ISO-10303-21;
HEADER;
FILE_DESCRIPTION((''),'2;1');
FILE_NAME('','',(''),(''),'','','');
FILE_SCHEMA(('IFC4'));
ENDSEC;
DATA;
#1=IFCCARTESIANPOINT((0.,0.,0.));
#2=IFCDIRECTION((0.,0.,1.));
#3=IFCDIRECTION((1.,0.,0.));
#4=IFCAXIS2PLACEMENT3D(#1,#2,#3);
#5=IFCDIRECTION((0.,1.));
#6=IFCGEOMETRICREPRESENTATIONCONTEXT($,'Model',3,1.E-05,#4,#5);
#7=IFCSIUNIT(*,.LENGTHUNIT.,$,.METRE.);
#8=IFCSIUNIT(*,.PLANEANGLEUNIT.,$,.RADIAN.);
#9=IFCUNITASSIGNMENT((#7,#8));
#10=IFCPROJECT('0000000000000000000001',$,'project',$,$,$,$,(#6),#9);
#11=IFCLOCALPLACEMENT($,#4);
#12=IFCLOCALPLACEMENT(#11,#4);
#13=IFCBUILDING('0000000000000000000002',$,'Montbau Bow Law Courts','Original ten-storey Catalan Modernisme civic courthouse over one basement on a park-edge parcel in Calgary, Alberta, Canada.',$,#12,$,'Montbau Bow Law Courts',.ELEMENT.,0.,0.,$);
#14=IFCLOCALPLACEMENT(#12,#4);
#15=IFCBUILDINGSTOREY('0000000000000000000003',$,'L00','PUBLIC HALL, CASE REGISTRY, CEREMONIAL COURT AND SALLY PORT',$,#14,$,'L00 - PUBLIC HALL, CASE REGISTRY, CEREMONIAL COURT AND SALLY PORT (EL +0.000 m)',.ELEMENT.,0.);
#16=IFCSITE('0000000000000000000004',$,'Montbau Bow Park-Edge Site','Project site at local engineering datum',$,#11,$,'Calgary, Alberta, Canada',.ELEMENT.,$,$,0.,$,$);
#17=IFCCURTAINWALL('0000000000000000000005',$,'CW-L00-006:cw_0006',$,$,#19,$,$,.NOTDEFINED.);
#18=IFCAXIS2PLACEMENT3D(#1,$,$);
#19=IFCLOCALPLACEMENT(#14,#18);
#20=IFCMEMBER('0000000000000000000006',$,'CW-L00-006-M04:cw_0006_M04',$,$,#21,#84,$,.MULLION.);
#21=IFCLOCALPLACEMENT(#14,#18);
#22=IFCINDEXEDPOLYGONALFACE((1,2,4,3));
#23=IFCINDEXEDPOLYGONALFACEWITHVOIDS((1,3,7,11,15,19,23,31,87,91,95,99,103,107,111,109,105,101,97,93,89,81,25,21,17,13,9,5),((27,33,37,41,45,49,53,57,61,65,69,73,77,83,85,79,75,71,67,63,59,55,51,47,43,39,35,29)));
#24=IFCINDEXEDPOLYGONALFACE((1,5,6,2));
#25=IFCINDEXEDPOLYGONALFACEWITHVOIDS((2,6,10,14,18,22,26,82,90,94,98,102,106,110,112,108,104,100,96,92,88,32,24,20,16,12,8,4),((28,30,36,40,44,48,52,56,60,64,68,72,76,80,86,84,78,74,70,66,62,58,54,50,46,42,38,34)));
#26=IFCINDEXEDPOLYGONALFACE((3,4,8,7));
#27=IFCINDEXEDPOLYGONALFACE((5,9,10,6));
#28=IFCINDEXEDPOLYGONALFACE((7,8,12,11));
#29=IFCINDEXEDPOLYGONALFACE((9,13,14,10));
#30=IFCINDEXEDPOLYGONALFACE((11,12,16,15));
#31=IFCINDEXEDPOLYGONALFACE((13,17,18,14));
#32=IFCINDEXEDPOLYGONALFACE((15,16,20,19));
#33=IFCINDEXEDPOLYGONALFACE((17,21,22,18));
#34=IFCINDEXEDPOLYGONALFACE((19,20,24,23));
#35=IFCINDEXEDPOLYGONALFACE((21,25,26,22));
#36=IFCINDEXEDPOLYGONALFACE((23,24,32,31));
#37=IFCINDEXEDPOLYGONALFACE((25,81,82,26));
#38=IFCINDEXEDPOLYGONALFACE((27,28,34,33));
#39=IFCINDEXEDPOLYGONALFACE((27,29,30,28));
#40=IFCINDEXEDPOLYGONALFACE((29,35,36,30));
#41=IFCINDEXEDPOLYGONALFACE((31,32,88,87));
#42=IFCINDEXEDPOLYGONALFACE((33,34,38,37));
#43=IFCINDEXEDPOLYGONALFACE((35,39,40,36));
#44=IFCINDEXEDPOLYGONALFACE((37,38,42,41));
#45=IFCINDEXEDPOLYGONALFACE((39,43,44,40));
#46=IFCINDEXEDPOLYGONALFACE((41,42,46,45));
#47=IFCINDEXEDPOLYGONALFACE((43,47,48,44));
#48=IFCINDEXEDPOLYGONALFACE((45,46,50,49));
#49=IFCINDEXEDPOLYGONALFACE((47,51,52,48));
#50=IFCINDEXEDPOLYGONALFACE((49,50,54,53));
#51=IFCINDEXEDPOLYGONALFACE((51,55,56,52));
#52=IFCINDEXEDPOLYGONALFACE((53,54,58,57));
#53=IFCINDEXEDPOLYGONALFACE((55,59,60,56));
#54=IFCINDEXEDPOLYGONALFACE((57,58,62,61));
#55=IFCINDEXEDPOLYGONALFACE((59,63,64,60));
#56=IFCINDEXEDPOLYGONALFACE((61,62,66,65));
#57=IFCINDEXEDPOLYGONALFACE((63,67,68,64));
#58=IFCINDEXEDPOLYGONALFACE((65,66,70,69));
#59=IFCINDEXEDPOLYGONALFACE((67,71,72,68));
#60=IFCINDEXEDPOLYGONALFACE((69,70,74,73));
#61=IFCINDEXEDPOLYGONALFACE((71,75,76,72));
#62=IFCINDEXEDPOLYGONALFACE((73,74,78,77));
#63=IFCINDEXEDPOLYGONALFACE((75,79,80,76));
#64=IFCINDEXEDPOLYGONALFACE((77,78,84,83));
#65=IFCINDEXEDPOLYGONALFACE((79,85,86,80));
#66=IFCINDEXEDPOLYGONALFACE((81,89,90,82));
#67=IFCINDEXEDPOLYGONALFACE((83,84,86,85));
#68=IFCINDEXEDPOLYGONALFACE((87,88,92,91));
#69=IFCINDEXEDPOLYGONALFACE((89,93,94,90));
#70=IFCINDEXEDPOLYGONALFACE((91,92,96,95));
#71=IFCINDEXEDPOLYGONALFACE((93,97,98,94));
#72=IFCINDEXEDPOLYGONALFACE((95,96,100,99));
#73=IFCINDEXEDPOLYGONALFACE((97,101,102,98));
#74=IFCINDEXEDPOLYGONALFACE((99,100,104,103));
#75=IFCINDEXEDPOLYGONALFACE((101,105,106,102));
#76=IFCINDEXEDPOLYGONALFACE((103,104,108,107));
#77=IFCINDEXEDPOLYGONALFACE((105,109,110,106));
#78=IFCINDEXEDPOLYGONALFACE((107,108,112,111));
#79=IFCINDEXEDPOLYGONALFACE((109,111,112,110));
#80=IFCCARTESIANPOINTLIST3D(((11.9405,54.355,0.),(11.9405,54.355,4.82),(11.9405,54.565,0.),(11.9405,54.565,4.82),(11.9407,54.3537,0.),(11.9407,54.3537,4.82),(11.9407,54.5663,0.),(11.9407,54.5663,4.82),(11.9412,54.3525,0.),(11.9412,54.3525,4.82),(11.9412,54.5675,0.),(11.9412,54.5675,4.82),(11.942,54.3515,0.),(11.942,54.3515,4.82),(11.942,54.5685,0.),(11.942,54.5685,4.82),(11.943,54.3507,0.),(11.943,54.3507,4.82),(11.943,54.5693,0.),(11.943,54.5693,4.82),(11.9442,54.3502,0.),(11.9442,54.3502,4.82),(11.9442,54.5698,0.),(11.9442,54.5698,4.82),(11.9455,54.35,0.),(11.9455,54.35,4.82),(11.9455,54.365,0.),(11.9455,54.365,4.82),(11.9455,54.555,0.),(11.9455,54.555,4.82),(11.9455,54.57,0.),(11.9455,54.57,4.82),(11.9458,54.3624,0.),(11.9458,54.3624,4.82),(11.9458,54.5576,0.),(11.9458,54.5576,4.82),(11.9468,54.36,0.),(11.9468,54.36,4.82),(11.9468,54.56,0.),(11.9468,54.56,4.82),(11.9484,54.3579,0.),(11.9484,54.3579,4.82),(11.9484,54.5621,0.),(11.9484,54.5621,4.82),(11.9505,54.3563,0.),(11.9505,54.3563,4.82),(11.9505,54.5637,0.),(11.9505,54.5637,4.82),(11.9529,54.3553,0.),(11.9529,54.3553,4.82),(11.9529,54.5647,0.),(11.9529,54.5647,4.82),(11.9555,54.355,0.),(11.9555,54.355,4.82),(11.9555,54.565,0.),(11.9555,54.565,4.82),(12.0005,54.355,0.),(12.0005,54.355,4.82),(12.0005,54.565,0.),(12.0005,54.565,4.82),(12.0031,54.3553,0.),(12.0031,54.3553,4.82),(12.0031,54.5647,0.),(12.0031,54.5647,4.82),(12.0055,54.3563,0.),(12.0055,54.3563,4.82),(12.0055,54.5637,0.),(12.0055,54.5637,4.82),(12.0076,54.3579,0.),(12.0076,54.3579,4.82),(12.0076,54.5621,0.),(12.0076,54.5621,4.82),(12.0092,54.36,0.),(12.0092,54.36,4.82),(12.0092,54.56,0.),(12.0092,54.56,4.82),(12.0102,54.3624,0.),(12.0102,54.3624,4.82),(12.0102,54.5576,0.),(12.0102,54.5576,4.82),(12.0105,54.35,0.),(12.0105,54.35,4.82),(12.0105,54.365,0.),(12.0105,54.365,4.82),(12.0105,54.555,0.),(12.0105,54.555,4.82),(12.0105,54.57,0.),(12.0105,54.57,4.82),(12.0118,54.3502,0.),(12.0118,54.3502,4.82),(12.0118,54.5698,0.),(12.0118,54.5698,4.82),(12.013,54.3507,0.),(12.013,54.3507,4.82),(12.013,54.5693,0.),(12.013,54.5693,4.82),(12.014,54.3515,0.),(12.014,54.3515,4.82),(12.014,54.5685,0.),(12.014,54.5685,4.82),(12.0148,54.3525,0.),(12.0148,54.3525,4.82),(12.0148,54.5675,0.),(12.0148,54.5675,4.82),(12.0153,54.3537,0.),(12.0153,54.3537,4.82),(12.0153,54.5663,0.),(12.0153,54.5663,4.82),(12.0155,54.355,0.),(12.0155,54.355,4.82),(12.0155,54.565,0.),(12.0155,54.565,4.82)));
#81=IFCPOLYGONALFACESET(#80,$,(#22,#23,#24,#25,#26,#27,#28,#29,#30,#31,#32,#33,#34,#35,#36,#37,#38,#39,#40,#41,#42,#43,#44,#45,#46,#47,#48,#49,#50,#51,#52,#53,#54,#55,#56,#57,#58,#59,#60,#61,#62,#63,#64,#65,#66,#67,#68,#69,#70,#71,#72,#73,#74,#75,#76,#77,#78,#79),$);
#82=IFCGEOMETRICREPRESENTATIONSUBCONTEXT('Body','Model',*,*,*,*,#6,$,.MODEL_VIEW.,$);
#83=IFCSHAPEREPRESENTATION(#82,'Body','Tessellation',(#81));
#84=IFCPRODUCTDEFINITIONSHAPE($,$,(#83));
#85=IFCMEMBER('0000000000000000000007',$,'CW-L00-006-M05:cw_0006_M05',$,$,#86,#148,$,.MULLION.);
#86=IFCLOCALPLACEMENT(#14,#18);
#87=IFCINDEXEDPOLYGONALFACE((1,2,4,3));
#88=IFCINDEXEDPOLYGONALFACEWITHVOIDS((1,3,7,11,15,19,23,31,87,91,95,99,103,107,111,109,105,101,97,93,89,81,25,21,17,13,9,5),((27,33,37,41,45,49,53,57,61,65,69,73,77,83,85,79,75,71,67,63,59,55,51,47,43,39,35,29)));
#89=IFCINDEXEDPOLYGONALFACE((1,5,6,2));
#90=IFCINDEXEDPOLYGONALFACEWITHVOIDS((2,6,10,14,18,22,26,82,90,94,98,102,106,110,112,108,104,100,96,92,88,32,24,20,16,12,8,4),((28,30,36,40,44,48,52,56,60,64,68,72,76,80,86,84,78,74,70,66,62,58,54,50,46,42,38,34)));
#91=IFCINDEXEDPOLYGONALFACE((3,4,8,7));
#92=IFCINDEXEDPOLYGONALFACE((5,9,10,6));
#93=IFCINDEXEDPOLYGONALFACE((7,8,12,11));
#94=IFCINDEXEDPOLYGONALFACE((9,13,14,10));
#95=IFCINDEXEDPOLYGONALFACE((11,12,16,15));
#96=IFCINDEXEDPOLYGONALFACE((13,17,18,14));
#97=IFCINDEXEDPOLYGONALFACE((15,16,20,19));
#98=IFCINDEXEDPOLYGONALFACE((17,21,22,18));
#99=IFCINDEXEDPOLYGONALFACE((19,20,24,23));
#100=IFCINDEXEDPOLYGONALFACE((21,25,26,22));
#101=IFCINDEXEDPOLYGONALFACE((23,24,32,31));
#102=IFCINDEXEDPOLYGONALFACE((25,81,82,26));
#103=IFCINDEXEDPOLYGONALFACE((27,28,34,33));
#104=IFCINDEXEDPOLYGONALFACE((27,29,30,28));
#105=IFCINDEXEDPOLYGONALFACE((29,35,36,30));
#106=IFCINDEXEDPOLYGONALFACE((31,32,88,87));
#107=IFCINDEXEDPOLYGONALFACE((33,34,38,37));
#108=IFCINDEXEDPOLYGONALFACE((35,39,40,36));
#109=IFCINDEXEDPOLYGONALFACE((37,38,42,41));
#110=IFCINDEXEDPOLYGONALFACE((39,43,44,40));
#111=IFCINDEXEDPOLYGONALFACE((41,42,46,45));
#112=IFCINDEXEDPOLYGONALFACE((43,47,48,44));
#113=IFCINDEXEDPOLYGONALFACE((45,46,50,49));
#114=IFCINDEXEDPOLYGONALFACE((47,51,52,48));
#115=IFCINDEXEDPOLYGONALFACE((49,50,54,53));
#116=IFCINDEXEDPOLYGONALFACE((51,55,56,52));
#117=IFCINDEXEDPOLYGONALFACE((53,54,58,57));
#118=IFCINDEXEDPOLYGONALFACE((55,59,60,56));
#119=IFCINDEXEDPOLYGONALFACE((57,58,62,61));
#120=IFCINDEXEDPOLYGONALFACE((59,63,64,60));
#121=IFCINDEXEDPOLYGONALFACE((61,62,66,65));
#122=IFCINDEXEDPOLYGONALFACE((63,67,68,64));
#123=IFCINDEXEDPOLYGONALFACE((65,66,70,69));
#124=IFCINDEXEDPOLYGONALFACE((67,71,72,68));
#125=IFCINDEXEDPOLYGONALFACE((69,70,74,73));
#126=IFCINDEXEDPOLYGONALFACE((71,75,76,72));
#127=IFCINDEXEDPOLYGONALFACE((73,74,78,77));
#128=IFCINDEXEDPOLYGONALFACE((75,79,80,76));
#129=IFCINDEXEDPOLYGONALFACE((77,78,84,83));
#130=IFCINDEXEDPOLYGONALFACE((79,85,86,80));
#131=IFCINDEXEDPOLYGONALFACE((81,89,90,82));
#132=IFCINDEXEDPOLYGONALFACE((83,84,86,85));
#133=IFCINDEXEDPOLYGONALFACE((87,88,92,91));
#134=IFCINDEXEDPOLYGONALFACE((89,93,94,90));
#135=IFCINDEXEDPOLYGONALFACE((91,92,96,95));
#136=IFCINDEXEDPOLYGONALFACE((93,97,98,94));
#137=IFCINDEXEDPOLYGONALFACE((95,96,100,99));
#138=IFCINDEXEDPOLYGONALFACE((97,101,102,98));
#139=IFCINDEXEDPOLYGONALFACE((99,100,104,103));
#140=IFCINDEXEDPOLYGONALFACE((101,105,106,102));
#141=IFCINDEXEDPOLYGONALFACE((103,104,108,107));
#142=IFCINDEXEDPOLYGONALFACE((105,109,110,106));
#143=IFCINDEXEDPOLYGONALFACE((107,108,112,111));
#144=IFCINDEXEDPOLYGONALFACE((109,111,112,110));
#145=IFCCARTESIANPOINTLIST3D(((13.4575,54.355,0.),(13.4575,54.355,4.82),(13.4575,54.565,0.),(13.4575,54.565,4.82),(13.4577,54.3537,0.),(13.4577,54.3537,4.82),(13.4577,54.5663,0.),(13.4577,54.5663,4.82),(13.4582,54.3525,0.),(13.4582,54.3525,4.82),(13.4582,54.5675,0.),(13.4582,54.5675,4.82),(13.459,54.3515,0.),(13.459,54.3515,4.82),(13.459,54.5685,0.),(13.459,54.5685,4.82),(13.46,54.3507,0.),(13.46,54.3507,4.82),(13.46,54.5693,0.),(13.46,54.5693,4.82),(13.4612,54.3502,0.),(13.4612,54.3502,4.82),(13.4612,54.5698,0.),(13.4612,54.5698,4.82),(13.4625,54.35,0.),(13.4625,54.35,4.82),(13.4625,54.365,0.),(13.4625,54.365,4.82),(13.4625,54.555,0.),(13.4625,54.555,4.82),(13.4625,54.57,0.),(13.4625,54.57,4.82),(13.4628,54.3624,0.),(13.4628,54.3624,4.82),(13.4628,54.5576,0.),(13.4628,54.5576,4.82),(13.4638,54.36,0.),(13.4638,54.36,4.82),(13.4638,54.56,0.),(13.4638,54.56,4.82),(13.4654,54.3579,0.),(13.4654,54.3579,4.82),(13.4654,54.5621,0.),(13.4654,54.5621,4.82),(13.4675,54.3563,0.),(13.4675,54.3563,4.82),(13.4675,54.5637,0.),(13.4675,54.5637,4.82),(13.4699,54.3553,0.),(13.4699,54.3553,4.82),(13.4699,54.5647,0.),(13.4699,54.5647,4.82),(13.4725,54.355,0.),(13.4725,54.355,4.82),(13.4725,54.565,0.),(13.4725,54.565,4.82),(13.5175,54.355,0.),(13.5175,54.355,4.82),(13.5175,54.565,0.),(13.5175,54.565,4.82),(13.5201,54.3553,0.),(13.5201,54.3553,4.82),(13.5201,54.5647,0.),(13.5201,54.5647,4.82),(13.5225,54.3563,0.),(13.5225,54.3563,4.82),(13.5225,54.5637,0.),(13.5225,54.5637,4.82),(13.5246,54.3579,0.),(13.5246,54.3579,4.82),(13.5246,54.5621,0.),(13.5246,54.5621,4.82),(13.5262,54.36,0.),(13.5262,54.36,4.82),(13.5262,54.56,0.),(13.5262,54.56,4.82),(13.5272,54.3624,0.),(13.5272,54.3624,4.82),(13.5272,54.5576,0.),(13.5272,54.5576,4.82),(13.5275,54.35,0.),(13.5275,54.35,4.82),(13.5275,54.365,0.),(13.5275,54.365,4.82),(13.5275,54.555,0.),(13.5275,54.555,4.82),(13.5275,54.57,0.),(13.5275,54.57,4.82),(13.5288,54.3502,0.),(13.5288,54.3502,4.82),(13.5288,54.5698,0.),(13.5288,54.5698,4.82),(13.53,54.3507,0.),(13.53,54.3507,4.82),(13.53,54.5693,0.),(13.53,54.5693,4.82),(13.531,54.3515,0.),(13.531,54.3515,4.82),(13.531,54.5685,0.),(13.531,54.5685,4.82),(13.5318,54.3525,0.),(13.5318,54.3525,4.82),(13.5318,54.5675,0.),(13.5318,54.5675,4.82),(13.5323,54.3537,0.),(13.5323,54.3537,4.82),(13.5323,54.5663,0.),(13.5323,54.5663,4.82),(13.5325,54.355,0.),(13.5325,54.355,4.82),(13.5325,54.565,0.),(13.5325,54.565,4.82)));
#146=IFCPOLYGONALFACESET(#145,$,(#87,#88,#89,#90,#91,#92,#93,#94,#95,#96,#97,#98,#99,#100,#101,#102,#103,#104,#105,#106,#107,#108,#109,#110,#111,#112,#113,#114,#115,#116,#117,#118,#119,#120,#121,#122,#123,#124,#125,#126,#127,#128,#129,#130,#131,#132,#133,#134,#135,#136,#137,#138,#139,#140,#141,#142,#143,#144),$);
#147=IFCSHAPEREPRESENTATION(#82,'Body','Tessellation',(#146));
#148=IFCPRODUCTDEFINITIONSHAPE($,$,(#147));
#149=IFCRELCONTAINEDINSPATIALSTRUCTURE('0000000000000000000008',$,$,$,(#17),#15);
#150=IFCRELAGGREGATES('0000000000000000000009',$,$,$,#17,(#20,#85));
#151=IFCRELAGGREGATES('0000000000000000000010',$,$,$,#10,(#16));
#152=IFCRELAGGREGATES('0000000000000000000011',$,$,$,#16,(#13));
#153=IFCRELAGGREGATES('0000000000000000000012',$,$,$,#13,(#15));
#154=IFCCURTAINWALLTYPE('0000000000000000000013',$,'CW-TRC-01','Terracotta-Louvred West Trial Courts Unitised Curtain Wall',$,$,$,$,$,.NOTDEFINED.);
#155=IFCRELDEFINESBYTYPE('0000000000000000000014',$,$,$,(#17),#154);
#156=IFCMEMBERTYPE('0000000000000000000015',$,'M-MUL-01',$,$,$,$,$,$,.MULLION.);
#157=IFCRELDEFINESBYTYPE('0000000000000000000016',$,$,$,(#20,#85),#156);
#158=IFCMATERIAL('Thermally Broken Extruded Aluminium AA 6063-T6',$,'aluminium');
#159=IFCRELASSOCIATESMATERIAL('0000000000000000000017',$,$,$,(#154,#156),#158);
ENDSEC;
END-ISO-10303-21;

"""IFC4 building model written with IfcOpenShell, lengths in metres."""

from ifc_helpers import new_model, si_unit, direction, frame, origin_with_axes, origin_2d_with_axis, place, context, subcontext, project, spatial, hollow_rectangle, extrude, material, material_profile, profile_set, type_object, element, aggregate, save


model = new_model("IFC4")

# Units and contexts
model_context = context("Model", 3, precision=1e-05, world=origin_with_axes(), true_north=direction((0.0, 1.0)))
body_context = subcontext(model_context, "Body", "Model", "MODEL_VIEW")
ifc_project = project(units=[si_unit("LENGTHUNIT", "METRE"), si_unit("PLANEANGLEUNIT", "RADIAN")], contexts=[model_context])

# Site, building, storey
site_placement = place(None, origin_with_axes())
site = spatial("IfcSite", under=ifc_project, at=site_placement, Name="Montbau Bow Park-Edge Site", Description="Project site at local engineering datum", LongName="Calgary, Alberta, Canada", CompositionType="ELEMENT", RefElevation=0.0)
building_placement = place(site_placement, origin_with_axes())
building = spatial("IfcBuilding", under=site, at=building_placement, Name="Montbau Bow Law Courts", Description="Original ten-storey Catalan Modernisme civic courthouse over one basement on a park-edge parcel in Calgary, Alberta, Canada.", LongName="Montbau Bow Law Courts", CompositionType="ELEMENT", ElevationOfRefHeight=0.0, ElevationOfTerrain=0.0)
storey_placement = place(building_placement, origin_with_axes())
storey = spatial("IfcBuildingStorey", under=building, at=storey_placement, Name="L00", Description="PUBLIC HALL, CASE REGISTRY, CEREMONIAL COURT AND SALLY PORT", LongName="L00 - PUBLIC HALL, CASE REGISTRY, CEREMONIAL COURT AND SALLY PORT (EL +0.000 m)", CompositionType="ELEMENT", Elevation=0.0)

# Curtain wall, members
ifc_material_1 = material(Name="Thermally Broken Extruded Aluminium AA 6063-T6", Category="aluminium")
curtain_wall_type = type_object("IfcCurtainWallType", Name="CW-TRC-01", Description="Terracotta-Louvred West Trial Courts Unitised Curtain Wall", PredefinedType="NOTDEFINED", material=ifc_material_1)
curtain_wall_1_placement = place(None, frame((7.315, 54.46, 0.0), z_axis=(0.0, 0.0, 1.0), x_axis=(1.0, 0.0, 0.0)))
curtain_wall_1 = element("IfcCurtainWall", 1, at=curtain_wall_1_placement, inside=storey, type_object=curtain_wall_type, Name="CW-L00-006:cw_0006", PredefinedType="NOTDEFINED")
ifc_material_profile_1 = material_profile(ifc_material_1, hollow_rectangle(XDim=0.075, YDim=0.22, WallThickness=0.005, InnerFilletRadius=0.01, OuterFilletRadius=0.005, at=origin_2d_with_axis()), Name="CWM-220X75", Category="Main", Priority=0)
ifc_profile_set_1 = profile_set([ifc_material_profile_1], Name="Thermally Broken Extruded Aluminium AA 6063-T6")
member_type_1 = type_object("IfcMemberType", Name="M-MUL-01", PredefinedType="MULLION", material=ifc_profile_set_1)
member_1_placement = place(None, frame((11.978, 54.46, 0.0), z_axis=(0.0, 0.0, 1.0), x_axis=(1.0, 0.0, 0.0)))
member_1 = element("IfcMember", 2, at=member_1_placement, type_object=member_type_1, Name="CW-L00-006-M04:cw_0006_M04", PredefinedType="MULLION", context=body_context, shape_type="SweptSolid", body=[
    extrude(hollow_rectangle(XDim=0.075, YDim=0.22, WallThickness=0.005, InnerFilletRadius=0.01, OuterFilletRadius=0.005, at=origin_2d_with_axis()), origin_with_axes(), (0.0, 0.0, 1.0), 4.82),
])
member_2_placement = place(None, frame((13.495, 54.46, 0.0), z_axis=(0.0, 0.0, 1.0), x_axis=(1.0, 0.0, 0.0)))
member_2 = element("IfcMember", 3, at=member_2_placement, type_object=member_type_1, Name="CW-L00-006-M05:cw_0006_M05", PredefinedType="MULLION", context=body_context, shape_type="SweptSolid", body=[
    extrude(hollow_rectangle(XDim=0.075, YDim=0.22, WallThickness=0.005, InnerFilletRadius=0.01, OuterFilletRadius=0.005, at=origin_2d_with_axis()), origin_with_axes(), (0.0, 0.0, 1.0), 4.82),
])

aggregate(curtain_wall_1, [member_1, member_2])

save(model, "model.ifc")
